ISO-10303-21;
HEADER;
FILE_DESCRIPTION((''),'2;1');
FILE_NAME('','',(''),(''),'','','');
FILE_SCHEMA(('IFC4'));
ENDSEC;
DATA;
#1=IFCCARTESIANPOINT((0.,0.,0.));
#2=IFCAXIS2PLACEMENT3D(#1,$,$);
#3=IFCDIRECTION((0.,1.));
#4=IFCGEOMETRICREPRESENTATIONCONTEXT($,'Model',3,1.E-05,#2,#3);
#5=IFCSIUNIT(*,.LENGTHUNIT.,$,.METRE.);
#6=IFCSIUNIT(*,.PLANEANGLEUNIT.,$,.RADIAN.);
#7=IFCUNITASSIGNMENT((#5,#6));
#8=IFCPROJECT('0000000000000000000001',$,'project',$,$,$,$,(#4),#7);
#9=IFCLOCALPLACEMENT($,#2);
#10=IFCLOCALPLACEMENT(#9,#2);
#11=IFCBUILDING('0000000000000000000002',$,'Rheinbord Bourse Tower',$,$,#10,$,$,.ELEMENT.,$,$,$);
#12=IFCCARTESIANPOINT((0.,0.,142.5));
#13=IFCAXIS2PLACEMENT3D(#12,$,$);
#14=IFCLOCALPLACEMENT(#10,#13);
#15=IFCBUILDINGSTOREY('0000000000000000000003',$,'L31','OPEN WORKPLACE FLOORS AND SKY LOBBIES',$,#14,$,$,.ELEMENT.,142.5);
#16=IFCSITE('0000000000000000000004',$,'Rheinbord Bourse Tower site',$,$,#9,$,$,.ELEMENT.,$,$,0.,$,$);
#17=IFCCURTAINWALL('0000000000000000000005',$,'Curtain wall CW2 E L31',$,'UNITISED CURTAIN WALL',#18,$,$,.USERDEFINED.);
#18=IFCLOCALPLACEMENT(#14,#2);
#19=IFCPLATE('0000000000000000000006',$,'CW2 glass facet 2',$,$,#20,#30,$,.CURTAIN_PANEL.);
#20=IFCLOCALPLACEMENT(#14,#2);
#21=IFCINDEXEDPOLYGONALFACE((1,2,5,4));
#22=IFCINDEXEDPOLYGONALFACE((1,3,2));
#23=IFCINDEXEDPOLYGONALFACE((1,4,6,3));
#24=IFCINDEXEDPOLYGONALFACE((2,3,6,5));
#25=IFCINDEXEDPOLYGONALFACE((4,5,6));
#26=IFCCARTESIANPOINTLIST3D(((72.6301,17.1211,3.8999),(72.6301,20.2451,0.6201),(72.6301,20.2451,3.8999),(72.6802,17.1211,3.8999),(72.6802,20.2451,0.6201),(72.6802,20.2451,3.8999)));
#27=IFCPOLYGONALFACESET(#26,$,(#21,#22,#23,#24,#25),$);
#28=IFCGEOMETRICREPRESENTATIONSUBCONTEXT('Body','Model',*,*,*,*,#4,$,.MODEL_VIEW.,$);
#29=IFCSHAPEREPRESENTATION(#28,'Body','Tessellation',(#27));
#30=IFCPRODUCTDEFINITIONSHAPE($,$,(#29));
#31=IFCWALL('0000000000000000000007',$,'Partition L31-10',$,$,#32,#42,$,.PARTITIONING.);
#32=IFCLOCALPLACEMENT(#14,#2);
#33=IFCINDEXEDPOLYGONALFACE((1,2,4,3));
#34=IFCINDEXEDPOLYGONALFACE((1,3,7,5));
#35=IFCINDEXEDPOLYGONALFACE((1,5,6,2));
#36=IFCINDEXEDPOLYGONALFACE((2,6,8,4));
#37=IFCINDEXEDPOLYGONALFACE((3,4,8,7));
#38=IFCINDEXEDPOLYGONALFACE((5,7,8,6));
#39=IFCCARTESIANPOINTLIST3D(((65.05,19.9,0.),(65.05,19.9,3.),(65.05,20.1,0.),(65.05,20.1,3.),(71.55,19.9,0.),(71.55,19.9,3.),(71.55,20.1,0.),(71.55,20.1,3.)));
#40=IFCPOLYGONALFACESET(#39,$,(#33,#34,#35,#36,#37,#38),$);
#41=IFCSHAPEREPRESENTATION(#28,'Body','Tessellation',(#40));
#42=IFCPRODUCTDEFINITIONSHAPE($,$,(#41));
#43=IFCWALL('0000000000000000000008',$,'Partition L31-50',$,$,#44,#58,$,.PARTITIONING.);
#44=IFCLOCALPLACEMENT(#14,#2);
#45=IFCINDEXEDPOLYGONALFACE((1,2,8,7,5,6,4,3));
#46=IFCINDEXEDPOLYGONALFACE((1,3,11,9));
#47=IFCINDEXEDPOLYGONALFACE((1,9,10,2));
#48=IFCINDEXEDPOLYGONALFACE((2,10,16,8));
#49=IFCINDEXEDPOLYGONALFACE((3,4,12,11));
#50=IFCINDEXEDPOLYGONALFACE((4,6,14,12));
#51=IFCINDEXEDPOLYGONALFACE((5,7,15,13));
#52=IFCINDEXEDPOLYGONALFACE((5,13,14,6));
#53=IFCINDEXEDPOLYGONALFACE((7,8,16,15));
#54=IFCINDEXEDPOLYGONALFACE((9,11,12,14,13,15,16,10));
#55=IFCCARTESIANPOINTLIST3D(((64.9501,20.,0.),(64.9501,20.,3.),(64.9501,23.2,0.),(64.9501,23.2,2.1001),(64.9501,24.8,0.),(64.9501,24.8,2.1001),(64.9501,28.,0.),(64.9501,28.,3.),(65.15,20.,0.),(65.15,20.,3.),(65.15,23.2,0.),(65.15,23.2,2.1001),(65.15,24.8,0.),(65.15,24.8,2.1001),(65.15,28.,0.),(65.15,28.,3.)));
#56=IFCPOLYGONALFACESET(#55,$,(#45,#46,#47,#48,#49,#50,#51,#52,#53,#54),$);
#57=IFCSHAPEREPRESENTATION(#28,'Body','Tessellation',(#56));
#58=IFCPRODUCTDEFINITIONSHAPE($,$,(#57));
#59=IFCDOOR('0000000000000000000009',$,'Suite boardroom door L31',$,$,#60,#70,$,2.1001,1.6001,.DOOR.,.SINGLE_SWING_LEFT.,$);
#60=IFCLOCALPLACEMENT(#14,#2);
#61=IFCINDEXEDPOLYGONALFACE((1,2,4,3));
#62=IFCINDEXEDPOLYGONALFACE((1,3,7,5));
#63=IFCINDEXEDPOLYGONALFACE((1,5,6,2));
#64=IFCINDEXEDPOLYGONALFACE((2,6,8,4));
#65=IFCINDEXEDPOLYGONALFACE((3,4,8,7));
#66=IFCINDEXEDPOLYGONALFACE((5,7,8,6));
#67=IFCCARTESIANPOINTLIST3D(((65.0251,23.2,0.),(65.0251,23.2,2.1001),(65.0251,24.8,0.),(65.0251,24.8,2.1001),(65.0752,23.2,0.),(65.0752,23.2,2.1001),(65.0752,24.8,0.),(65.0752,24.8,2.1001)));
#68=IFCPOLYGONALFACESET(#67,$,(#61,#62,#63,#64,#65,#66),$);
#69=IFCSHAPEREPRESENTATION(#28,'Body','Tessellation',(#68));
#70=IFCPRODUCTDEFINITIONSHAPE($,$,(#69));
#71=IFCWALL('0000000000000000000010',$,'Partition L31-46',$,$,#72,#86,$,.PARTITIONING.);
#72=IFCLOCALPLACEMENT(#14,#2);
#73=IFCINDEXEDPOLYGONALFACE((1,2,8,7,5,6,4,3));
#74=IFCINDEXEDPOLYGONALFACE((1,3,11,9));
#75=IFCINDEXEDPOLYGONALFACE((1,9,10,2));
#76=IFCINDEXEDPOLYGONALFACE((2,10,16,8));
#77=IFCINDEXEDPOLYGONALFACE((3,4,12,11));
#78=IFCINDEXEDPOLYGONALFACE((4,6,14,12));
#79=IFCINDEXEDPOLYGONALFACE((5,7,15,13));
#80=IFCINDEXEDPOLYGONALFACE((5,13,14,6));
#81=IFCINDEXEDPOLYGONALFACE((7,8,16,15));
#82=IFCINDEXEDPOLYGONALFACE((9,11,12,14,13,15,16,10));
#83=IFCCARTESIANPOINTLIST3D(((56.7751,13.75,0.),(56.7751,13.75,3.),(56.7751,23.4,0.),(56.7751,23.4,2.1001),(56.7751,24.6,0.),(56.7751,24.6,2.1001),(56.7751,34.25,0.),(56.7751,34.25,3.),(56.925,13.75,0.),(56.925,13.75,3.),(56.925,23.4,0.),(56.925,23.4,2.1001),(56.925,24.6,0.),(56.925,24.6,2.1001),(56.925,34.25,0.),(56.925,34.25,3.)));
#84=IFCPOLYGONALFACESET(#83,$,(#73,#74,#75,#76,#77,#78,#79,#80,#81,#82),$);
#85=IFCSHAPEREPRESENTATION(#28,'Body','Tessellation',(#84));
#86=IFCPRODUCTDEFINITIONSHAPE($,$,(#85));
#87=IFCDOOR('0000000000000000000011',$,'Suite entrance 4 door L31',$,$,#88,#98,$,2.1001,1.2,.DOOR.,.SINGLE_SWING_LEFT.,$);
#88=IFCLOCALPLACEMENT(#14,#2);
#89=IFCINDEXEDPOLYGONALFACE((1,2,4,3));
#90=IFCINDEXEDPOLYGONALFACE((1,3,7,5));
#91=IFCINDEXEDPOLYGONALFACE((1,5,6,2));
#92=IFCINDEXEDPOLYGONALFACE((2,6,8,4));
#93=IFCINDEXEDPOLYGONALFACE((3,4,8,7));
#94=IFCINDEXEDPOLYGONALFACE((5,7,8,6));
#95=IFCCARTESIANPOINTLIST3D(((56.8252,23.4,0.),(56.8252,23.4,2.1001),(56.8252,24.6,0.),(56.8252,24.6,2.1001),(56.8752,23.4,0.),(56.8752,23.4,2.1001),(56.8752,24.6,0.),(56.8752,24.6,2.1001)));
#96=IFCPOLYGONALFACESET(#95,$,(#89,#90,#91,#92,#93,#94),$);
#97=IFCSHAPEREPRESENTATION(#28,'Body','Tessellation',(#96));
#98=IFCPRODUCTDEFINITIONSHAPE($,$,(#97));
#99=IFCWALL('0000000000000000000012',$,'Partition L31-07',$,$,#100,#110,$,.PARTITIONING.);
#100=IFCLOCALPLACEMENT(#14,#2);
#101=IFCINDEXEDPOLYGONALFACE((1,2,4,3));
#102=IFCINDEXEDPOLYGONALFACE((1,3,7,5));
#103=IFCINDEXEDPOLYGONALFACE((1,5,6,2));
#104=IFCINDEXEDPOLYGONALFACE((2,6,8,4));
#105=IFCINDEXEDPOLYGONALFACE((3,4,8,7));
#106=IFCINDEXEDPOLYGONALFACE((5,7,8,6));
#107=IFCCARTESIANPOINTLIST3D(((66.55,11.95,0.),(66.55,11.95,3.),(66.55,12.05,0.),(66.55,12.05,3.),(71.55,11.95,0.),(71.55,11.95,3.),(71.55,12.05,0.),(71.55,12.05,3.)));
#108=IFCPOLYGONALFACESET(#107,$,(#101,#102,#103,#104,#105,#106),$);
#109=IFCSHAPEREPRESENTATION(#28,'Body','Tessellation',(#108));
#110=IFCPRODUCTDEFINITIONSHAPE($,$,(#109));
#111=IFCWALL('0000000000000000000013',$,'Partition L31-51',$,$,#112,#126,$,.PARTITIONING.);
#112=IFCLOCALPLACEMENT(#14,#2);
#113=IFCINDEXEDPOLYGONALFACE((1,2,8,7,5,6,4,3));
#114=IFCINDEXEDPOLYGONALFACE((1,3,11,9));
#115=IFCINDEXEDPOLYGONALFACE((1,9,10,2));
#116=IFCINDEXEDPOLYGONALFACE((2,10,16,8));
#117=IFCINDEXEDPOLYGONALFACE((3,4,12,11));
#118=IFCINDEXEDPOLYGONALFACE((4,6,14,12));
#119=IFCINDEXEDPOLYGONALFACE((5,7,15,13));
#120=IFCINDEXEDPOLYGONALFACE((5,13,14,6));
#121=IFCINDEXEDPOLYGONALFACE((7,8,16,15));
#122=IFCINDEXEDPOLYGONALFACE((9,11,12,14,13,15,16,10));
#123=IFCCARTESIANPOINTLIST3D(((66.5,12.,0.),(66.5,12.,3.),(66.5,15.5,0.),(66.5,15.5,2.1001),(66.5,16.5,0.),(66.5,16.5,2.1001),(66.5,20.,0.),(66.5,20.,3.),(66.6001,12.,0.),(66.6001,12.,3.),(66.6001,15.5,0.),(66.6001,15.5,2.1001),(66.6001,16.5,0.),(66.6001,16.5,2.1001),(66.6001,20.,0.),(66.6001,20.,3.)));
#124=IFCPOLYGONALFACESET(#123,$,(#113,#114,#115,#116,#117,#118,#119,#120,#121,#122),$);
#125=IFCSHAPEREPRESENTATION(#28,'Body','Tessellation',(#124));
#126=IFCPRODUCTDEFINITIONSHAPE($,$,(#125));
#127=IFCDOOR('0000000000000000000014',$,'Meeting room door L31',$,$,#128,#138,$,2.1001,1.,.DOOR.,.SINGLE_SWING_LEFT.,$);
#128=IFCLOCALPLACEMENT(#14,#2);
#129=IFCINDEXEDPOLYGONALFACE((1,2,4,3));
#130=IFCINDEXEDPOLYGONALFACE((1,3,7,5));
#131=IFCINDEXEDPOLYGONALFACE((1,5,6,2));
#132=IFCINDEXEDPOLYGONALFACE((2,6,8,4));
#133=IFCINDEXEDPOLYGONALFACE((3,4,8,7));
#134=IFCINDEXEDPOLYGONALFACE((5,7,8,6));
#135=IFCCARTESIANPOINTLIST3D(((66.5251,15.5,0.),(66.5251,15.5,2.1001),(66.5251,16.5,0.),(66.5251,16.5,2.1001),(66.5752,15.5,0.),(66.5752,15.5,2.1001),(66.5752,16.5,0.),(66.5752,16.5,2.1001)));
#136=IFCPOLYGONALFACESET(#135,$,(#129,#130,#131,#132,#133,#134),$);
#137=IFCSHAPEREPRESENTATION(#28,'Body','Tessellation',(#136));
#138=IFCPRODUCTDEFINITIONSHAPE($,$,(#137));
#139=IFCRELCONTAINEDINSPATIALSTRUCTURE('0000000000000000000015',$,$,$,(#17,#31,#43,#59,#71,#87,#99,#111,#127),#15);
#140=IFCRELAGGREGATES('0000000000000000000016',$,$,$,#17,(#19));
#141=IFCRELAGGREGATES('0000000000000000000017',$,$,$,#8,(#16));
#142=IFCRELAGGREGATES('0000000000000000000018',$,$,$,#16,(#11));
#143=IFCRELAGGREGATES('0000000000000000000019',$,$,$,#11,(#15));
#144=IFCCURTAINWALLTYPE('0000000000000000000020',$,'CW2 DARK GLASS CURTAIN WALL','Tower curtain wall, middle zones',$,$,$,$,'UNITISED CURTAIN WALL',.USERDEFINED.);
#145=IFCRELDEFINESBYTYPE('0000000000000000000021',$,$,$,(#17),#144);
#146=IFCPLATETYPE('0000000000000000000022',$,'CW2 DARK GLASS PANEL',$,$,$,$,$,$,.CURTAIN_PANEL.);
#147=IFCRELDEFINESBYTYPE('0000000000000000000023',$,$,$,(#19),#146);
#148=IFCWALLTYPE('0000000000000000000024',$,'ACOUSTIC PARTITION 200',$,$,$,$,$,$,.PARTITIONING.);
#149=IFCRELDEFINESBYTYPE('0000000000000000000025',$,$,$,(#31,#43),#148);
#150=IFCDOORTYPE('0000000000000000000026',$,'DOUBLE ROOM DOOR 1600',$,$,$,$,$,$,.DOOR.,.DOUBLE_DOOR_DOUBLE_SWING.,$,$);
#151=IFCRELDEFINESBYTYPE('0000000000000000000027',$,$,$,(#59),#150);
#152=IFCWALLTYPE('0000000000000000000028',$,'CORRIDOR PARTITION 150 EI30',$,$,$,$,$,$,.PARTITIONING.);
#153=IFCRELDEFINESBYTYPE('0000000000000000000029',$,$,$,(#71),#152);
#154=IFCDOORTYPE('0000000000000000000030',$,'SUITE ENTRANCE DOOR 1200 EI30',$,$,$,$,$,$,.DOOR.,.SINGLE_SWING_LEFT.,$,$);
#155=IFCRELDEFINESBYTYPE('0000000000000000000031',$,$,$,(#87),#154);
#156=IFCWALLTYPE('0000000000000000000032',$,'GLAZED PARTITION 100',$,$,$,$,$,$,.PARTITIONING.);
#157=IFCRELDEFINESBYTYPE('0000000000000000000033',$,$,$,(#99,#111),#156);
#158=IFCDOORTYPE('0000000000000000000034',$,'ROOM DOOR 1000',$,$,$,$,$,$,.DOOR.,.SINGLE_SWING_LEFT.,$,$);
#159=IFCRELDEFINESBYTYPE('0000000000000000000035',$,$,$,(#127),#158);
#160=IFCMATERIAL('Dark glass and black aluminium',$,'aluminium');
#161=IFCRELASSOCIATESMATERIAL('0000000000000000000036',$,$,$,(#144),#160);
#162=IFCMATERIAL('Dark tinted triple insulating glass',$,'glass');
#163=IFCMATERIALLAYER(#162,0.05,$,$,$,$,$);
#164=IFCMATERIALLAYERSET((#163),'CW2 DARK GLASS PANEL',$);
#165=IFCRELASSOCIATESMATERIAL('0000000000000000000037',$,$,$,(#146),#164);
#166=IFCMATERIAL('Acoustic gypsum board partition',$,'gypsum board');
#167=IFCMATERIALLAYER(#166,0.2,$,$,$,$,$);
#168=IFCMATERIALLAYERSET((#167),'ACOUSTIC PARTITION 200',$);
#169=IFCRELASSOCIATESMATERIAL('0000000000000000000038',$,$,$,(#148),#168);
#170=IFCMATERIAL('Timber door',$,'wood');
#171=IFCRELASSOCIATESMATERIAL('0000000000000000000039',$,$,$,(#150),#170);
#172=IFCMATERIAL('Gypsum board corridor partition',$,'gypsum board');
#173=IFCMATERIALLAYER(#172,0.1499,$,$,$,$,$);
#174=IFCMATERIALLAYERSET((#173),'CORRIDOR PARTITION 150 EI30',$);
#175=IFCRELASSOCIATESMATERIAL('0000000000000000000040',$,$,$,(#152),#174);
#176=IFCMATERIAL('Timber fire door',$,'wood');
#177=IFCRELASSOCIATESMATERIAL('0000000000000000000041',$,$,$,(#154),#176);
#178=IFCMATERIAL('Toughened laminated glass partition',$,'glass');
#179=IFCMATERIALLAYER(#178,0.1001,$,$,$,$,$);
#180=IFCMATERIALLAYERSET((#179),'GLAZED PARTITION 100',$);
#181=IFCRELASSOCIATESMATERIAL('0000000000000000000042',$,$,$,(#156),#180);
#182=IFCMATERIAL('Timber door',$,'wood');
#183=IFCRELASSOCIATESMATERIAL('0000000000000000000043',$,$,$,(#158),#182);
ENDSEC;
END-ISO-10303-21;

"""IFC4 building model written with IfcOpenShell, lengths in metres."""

from ifc_helpers import new_model, si_unit, direction, frame, frame_2d, origin, place, context, subcontext, project, spatial, polyline, rectangle, outline, extrude, material, layer, layer_set, type_object, element, fill, aggregate, save


model = new_model("IFC4")

# Units and contexts
model_context = context("Model", 3, precision=1e-05, world=origin(), true_north=direction((0.0, 1.0)))
body_context = subcontext(model_context, "Body", "Model", "MODEL_VIEW")
ifc_project = project(units=[si_unit("LENGTHUNIT", "METRE"), si_unit("PLANEANGLEUNIT", "RADIAN")], contexts=[model_context])

# Site, building, storey
site_placement = place(None, origin())
site = spatial("IfcSite", under=ifc_project, at=site_placement, Name="Rheinbord Bourse Tower site", CompositionType="ELEMENT", RefElevation=0.0)
building_placement = place(site_placement, origin())
building = spatial("IfcBuilding", under=site, at=building_placement, Name="Rheinbord Bourse Tower", CompositionType="ELEMENT")
storey_placement = place(building_placement, frame((0.0, 0.0, 142.5)))
storey = spatial("IfcBuildingStorey", under=building, at=storey_placement, Name="L31", Description="OPEN WORKPLACE FLOORS AND SKY LOBBIES", CompositionType="ELEMENT", Elevation=142.5)

# Curtain wall
ifc_material_1 = material(Name="Dark glass and black aluminium", Category="aluminium")
curtain_wall_type = type_object("IfcCurtainWallType", Name="CW2 DARK GLASS CURTAIN WALL", Description="Tower curtain wall, middle zones", ElementType="UNITISED CURTAIN WALL", PredefinedType="USERDEFINED", material=ifc_material_1)
curtain_wall_placement = place(storey_placement, origin())
curtain_wall = element("IfcCurtainWall", 1, at=curtain_wall_placement, inside=storey, type_object=curtain_wall_type, Name="Curtain wall CW2 E L31", ObjectType="UNITISED CURTAIN WALL", PredefinedType="USERDEFINED")

# Plate
ifc_material_2 = material(Name="Dark tinted triple insulating glass", Category="glass")
ifc_layer_1 = layer(ifc_material_2, 0.05)
ifc_layer_set_1 = layer_set([ifc_layer_1], Name="CW2 DARK GLASS PANEL")
plate_type = type_object("IfcPlateType", Name="CW2 DARK GLASS PANEL", PredefinedType="CURTAIN_PANEL", material=ifc_layer_set_1)
plate_1_placement = place(storey_placement, frame((72.6802, 20.2451, 3.8999), z_axis=(-1.0, 0.0, 0.0), x_axis=(0.0, 0.0, -1.0)))
plate_1 = element("IfcPlate", 2, at=plate_1_placement, type_object=plate_type, Name="CW2 glass facet 2", PredefinedType="CURTAIN_PANEL", context=body_context, shape_type="SweptSolid", body=[
    extrude(outline(polyline([(0.0, 0.0), (3.2798, 0.0), (0.0, 3.124), (0.0, 0.0)])), origin(), (0.0, 0.0, 1.0), 0.05),
])
aggregate(curtain_wall, [plate_1])

# Wall
ifc_material_3 = material(Name="Acoustic gypsum board partition", Category="gypsum board")
ifc_layer_2 = layer(ifc_material_3, 0.2)
ifc_layer_set_2 = layer_set([ifc_layer_2], Name="ACOUSTIC PARTITION 200")
wall_type_1 = type_object("IfcWallType", Name="ACOUSTIC PARTITION 200", PredefinedType="PARTITIONING", material=ifc_layer_set_2)
wall_1_placement = place(storey_placement, frame((65.05, 20.0, 0.0), z_axis=(0.0, 0.0, 1.0), x_axis=(1.0, 0.0, 0.0)))
element("IfcWall", 3, at=wall_1_placement, inside=storey, type_object=wall_type_1, Name="Partition L31-10", PredefinedType="PARTITIONING", context=body_context, shape_type="SweptSolid", body=[
    extrude(rectangle(XDim=6.5, YDim=0.2, at=frame_2d((3.25, 0.0))), origin(), (0.0, 0.0, 1.0), 3.0),
])

# Walls, openings, doors
wall_2_placement = place(storey_placement, frame((65.05, 20.0, 0.0), z_axis=(0.0, 0.0, 1.0), x_axis=(0.0, 1.0, 0.0)))
wall_2 = element("IfcWall", 4, at=wall_2_placement, inside=storey, type_object=wall_type_1, Name="Partition L31-50", PredefinedType="PARTITIONING", context=body_context, shape_type="SweptSolid", body=[
    extrude(rectangle(XDim=8.0, YDim=0.2, at=frame_2d((4.0, 0.0))), origin(), (0.0, 0.0, 1.0), 3.0),
])
opening_1_placement = place(wall_2_placement, frame((3.2, 0.0, 0.0)))
opening_1 = element("IfcOpeningElement", 5, at=opening_1_placement, cuts=wall_2, PredefinedType="OPENING", context=body_context, shape_type="SweptSolid", body=[
    extrude(rectangle(XDim=1.6001, YDim=2.1001, at=frame_2d((0.8, 1.05))), frame((0.0, 0.1099, 0.0), z_axis=(0.0, -1.0, 0.0), x_axis=(1.0, 0.0, 0.0)), (0.0, 0.0, 1.0), 0.22),
])
ifc_material_4 = material(Name="Timber door", Category="wood")
door_type_1 = type_object("IfcDoorType", Name="DOUBLE ROOM DOOR 1600", OperationType="DOUBLE_DOOR_DOUBLE_SWING", PredefinedType="DOOR", material=ifc_material_4)
door_1_placement = place(opening_1_placement, origin())
door_1 = element("IfcDoor", 6, at=door_1_placement, inside=storey, type_object=door_type_1, Name="Suite boardroom door L31", OperationType="SINGLE_SWING_LEFT", OverallHeight=2.1001, OverallWidth=1.6001, PredefinedType="DOOR", context=body_context, shape_type="SweptSolid", body=[
    extrude(rectangle(XDim=1.6001, YDim=2.1001, at=frame_2d((0.8, 1.05))), frame((0.0, 0.0249, 0.0), z_axis=(0.0, -1.0, 0.0), x_axis=(1.0, 0.0, 0.0)), (0.0, 0.0, 1.0), 0.05),
])
fill(opening_1, door_1)
ifc_material_5 = material(Name="Gypsum board corridor partition", Category="gypsum board")
ifc_layer_3 = layer(ifc_material_5, 0.1499)
ifc_layer_set_3 = layer_set([ifc_layer_3], Name="CORRIDOR PARTITION 150 EI30")
wall_type_2 = type_object("IfcWallType", Name="CORRIDOR PARTITION 150 EI30", PredefinedType="PARTITIONING", material=ifc_layer_set_3)
wall_3_placement = place(storey_placement, frame((56.8501, 13.75, 0.0), z_axis=(0.0, 0.0, 1.0), x_axis=(0.0, 1.0, 0.0)))
wall_3 = element("IfcWall", 7, at=wall_3_placement, inside=storey, type_object=wall_type_2, Name="Partition L31-46", PredefinedType="PARTITIONING", context=body_context, shape_type="SweptSolid", body=[
    extrude(rectangle(XDim=20.5, YDim=0.1499, at=frame_2d((10.25, 0.0))), origin(), (0.0, 0.0, 1.0), 3.0),
])
opening_2_placement = place(wall_3_placement, frame((9.6499, 0.0, 0.0)))
opening_2 = element("IfcOpeningElement", 8, at=opening_2_placement, cuts=wall_3, PredefinedType="OPENING", context=body_context, shape_type="SweptSolid", body=[
    extrude(rectangle(XDim=1.2, YDim=2.1001, at=frame_2d((0.6001, 1.05))), frame((0.0, 0.085, 0.0), z_axis=(0.0, -1.0, 0.0), x_axis=(1.0, 0.0, 0.0)), (0.0, 0.0, 1.0), 0.1699),
])
ifc_material_6 = material(Name="Timber fire door", Category="wood")
door_type_2 = type_object("IfcDoorType", Name="SUITE ENTRANCE DOOR 1200 EI30", OperationType="SINGLE_SWING_LEFT", PredefinedType="DOOR", material=ifc_material_6)
door_2_placement = place(opening_2_placement, origin())
door_2 = element("IfcDoor", 9, at=door_2_placement, inside=storey, type_object=door_type_2, Name="Suite entrance 4 door L31", OperationType="SINGLE_SWING_LEFT", OverallHeight=2.1001, OverallWidth=1.2, PredefinedType="DOOR", context=body_context, shape_type="SweptSolid", body=[
    extrude(rectangle(XDim=1.2, YDim=2.1001, at=frame_2d((0.6001, 1.05))), frame((0.0, 0.0249, 0.0), z_axis=(0.0, -1.0, 0.0), x_axis=(1.0, 0.0, 0.0)), (0.0, 0.0, 1.0), 0.05),
])
fill(opening_2, door_2)

# Wall
ifc_material_7 = material(Name="Toughened laminated glass partition", Category="glass")
ifc_layer_4 = layer(ifc_material_7, 0.1001)
ifc_layer_set_4 = layer_set([ifc_layer_4], Name="GLAZED PARTITION 100")
wall_type_3 = type_object("IfcWallType", Name="GLAZED PARTITION 100", PredefinedType="PARTITIONING", material=ifc_layer_set_4)
wall_4_placement = place(storey_placement, frame((66.55, 12.0, 0.0), z_axis=(0.0, 0.0, 1.0), x_axis=(1.0, 0.0, 0.0)))
element("IfcWall", 10, at=wall_4_placement, inside=storey, type_object=wall_type_3, Name="Partition L31-07", PredefinedType="PARTITIONING", context=body_context, shape_type="SweptSolid", body=[
    extrude(rectangle(XDim=5.0, YDim=0.1001, at=frame_2d((2.5, 0.0))), origin(), (0.0, 0.0, 1.0), 3.0),
])

# Wall, opening, door
wall_5_placement = place(storey_placement, frame((66.55, 12.0, 0.0), z_axis=(0.0, 0.0, 1.0), x_axis=(0.0, 1.0, 0.0)))
wall_5 = element("IfcWall", 11, at=wall_5_placement, inside=storey, type_object=wall_type_3, Name="Partition L31-51", PredefinedType="PARTITIONING", context=body_context, shape_type="SweptSolid", body=[
    extrude(rectangle(XDim=8.0, YDim=0.1001, at=frame_2d((4.0, 0.0))), origin(), (0.0, 0.0, 1.0), 3.0),
])
opening_3_placement = place(wall_5_placement, frame((3.5, 0.0, 0.0)))
opening_3 = element("IfcOpeningElement", 12, at=opening_3_placement, cuts=wall_5, PredefinedType="OPENING", context=body_context, shape_type="SweptSolid", body=[
    extrude(rectangle(XDim=1.0, YDim=2.1001, at=frame_2d((0.5, 1.05))), frame((0.0, 0.0601, 0.0), z_axis=(0.0, -1.0, 0.0), x_axis=(1.0, 0.0, 0.0)), (0.0, 0.0, 1.0), 0.1201),
])
ifc_material_8 = material(Name="Timber door", Category="wood")
door_type_3 = type_object("IfcDoorType", Name="ROOM DOOR 1000", OperationType="SINGLE_SWING_LEFT", PredefinedType="DOOR", material=ifc_material_8)
door_3_placement = place(opening_3_placement, origin())
door_3 = element("IfcDoor", 13, at=door_3_placement, inside=storey, type_object=door_type_3, Name="Meeting room door L31", OperationType="SINGLE_SWING_LEFT", OverallHeight=2.1001, OverallWidth=1.0, PredefinedType="DOOR", context=body_context, shape_type="SweptSolid", body=[
    extrude(rectangle(XDim=1.0, YDim=2.1001, at=frame_2d((0.5, 1.05))), frame((0.0, 0.0249, 0.0), z_axis=(0.0, -1.0, 0.0), x_axis=(1.0, 0.0, 0.0)), (0.0, 0.0, 1.0), 0.05),
])
fill(opening_3, door_3)

save(model, "model.ifc")
